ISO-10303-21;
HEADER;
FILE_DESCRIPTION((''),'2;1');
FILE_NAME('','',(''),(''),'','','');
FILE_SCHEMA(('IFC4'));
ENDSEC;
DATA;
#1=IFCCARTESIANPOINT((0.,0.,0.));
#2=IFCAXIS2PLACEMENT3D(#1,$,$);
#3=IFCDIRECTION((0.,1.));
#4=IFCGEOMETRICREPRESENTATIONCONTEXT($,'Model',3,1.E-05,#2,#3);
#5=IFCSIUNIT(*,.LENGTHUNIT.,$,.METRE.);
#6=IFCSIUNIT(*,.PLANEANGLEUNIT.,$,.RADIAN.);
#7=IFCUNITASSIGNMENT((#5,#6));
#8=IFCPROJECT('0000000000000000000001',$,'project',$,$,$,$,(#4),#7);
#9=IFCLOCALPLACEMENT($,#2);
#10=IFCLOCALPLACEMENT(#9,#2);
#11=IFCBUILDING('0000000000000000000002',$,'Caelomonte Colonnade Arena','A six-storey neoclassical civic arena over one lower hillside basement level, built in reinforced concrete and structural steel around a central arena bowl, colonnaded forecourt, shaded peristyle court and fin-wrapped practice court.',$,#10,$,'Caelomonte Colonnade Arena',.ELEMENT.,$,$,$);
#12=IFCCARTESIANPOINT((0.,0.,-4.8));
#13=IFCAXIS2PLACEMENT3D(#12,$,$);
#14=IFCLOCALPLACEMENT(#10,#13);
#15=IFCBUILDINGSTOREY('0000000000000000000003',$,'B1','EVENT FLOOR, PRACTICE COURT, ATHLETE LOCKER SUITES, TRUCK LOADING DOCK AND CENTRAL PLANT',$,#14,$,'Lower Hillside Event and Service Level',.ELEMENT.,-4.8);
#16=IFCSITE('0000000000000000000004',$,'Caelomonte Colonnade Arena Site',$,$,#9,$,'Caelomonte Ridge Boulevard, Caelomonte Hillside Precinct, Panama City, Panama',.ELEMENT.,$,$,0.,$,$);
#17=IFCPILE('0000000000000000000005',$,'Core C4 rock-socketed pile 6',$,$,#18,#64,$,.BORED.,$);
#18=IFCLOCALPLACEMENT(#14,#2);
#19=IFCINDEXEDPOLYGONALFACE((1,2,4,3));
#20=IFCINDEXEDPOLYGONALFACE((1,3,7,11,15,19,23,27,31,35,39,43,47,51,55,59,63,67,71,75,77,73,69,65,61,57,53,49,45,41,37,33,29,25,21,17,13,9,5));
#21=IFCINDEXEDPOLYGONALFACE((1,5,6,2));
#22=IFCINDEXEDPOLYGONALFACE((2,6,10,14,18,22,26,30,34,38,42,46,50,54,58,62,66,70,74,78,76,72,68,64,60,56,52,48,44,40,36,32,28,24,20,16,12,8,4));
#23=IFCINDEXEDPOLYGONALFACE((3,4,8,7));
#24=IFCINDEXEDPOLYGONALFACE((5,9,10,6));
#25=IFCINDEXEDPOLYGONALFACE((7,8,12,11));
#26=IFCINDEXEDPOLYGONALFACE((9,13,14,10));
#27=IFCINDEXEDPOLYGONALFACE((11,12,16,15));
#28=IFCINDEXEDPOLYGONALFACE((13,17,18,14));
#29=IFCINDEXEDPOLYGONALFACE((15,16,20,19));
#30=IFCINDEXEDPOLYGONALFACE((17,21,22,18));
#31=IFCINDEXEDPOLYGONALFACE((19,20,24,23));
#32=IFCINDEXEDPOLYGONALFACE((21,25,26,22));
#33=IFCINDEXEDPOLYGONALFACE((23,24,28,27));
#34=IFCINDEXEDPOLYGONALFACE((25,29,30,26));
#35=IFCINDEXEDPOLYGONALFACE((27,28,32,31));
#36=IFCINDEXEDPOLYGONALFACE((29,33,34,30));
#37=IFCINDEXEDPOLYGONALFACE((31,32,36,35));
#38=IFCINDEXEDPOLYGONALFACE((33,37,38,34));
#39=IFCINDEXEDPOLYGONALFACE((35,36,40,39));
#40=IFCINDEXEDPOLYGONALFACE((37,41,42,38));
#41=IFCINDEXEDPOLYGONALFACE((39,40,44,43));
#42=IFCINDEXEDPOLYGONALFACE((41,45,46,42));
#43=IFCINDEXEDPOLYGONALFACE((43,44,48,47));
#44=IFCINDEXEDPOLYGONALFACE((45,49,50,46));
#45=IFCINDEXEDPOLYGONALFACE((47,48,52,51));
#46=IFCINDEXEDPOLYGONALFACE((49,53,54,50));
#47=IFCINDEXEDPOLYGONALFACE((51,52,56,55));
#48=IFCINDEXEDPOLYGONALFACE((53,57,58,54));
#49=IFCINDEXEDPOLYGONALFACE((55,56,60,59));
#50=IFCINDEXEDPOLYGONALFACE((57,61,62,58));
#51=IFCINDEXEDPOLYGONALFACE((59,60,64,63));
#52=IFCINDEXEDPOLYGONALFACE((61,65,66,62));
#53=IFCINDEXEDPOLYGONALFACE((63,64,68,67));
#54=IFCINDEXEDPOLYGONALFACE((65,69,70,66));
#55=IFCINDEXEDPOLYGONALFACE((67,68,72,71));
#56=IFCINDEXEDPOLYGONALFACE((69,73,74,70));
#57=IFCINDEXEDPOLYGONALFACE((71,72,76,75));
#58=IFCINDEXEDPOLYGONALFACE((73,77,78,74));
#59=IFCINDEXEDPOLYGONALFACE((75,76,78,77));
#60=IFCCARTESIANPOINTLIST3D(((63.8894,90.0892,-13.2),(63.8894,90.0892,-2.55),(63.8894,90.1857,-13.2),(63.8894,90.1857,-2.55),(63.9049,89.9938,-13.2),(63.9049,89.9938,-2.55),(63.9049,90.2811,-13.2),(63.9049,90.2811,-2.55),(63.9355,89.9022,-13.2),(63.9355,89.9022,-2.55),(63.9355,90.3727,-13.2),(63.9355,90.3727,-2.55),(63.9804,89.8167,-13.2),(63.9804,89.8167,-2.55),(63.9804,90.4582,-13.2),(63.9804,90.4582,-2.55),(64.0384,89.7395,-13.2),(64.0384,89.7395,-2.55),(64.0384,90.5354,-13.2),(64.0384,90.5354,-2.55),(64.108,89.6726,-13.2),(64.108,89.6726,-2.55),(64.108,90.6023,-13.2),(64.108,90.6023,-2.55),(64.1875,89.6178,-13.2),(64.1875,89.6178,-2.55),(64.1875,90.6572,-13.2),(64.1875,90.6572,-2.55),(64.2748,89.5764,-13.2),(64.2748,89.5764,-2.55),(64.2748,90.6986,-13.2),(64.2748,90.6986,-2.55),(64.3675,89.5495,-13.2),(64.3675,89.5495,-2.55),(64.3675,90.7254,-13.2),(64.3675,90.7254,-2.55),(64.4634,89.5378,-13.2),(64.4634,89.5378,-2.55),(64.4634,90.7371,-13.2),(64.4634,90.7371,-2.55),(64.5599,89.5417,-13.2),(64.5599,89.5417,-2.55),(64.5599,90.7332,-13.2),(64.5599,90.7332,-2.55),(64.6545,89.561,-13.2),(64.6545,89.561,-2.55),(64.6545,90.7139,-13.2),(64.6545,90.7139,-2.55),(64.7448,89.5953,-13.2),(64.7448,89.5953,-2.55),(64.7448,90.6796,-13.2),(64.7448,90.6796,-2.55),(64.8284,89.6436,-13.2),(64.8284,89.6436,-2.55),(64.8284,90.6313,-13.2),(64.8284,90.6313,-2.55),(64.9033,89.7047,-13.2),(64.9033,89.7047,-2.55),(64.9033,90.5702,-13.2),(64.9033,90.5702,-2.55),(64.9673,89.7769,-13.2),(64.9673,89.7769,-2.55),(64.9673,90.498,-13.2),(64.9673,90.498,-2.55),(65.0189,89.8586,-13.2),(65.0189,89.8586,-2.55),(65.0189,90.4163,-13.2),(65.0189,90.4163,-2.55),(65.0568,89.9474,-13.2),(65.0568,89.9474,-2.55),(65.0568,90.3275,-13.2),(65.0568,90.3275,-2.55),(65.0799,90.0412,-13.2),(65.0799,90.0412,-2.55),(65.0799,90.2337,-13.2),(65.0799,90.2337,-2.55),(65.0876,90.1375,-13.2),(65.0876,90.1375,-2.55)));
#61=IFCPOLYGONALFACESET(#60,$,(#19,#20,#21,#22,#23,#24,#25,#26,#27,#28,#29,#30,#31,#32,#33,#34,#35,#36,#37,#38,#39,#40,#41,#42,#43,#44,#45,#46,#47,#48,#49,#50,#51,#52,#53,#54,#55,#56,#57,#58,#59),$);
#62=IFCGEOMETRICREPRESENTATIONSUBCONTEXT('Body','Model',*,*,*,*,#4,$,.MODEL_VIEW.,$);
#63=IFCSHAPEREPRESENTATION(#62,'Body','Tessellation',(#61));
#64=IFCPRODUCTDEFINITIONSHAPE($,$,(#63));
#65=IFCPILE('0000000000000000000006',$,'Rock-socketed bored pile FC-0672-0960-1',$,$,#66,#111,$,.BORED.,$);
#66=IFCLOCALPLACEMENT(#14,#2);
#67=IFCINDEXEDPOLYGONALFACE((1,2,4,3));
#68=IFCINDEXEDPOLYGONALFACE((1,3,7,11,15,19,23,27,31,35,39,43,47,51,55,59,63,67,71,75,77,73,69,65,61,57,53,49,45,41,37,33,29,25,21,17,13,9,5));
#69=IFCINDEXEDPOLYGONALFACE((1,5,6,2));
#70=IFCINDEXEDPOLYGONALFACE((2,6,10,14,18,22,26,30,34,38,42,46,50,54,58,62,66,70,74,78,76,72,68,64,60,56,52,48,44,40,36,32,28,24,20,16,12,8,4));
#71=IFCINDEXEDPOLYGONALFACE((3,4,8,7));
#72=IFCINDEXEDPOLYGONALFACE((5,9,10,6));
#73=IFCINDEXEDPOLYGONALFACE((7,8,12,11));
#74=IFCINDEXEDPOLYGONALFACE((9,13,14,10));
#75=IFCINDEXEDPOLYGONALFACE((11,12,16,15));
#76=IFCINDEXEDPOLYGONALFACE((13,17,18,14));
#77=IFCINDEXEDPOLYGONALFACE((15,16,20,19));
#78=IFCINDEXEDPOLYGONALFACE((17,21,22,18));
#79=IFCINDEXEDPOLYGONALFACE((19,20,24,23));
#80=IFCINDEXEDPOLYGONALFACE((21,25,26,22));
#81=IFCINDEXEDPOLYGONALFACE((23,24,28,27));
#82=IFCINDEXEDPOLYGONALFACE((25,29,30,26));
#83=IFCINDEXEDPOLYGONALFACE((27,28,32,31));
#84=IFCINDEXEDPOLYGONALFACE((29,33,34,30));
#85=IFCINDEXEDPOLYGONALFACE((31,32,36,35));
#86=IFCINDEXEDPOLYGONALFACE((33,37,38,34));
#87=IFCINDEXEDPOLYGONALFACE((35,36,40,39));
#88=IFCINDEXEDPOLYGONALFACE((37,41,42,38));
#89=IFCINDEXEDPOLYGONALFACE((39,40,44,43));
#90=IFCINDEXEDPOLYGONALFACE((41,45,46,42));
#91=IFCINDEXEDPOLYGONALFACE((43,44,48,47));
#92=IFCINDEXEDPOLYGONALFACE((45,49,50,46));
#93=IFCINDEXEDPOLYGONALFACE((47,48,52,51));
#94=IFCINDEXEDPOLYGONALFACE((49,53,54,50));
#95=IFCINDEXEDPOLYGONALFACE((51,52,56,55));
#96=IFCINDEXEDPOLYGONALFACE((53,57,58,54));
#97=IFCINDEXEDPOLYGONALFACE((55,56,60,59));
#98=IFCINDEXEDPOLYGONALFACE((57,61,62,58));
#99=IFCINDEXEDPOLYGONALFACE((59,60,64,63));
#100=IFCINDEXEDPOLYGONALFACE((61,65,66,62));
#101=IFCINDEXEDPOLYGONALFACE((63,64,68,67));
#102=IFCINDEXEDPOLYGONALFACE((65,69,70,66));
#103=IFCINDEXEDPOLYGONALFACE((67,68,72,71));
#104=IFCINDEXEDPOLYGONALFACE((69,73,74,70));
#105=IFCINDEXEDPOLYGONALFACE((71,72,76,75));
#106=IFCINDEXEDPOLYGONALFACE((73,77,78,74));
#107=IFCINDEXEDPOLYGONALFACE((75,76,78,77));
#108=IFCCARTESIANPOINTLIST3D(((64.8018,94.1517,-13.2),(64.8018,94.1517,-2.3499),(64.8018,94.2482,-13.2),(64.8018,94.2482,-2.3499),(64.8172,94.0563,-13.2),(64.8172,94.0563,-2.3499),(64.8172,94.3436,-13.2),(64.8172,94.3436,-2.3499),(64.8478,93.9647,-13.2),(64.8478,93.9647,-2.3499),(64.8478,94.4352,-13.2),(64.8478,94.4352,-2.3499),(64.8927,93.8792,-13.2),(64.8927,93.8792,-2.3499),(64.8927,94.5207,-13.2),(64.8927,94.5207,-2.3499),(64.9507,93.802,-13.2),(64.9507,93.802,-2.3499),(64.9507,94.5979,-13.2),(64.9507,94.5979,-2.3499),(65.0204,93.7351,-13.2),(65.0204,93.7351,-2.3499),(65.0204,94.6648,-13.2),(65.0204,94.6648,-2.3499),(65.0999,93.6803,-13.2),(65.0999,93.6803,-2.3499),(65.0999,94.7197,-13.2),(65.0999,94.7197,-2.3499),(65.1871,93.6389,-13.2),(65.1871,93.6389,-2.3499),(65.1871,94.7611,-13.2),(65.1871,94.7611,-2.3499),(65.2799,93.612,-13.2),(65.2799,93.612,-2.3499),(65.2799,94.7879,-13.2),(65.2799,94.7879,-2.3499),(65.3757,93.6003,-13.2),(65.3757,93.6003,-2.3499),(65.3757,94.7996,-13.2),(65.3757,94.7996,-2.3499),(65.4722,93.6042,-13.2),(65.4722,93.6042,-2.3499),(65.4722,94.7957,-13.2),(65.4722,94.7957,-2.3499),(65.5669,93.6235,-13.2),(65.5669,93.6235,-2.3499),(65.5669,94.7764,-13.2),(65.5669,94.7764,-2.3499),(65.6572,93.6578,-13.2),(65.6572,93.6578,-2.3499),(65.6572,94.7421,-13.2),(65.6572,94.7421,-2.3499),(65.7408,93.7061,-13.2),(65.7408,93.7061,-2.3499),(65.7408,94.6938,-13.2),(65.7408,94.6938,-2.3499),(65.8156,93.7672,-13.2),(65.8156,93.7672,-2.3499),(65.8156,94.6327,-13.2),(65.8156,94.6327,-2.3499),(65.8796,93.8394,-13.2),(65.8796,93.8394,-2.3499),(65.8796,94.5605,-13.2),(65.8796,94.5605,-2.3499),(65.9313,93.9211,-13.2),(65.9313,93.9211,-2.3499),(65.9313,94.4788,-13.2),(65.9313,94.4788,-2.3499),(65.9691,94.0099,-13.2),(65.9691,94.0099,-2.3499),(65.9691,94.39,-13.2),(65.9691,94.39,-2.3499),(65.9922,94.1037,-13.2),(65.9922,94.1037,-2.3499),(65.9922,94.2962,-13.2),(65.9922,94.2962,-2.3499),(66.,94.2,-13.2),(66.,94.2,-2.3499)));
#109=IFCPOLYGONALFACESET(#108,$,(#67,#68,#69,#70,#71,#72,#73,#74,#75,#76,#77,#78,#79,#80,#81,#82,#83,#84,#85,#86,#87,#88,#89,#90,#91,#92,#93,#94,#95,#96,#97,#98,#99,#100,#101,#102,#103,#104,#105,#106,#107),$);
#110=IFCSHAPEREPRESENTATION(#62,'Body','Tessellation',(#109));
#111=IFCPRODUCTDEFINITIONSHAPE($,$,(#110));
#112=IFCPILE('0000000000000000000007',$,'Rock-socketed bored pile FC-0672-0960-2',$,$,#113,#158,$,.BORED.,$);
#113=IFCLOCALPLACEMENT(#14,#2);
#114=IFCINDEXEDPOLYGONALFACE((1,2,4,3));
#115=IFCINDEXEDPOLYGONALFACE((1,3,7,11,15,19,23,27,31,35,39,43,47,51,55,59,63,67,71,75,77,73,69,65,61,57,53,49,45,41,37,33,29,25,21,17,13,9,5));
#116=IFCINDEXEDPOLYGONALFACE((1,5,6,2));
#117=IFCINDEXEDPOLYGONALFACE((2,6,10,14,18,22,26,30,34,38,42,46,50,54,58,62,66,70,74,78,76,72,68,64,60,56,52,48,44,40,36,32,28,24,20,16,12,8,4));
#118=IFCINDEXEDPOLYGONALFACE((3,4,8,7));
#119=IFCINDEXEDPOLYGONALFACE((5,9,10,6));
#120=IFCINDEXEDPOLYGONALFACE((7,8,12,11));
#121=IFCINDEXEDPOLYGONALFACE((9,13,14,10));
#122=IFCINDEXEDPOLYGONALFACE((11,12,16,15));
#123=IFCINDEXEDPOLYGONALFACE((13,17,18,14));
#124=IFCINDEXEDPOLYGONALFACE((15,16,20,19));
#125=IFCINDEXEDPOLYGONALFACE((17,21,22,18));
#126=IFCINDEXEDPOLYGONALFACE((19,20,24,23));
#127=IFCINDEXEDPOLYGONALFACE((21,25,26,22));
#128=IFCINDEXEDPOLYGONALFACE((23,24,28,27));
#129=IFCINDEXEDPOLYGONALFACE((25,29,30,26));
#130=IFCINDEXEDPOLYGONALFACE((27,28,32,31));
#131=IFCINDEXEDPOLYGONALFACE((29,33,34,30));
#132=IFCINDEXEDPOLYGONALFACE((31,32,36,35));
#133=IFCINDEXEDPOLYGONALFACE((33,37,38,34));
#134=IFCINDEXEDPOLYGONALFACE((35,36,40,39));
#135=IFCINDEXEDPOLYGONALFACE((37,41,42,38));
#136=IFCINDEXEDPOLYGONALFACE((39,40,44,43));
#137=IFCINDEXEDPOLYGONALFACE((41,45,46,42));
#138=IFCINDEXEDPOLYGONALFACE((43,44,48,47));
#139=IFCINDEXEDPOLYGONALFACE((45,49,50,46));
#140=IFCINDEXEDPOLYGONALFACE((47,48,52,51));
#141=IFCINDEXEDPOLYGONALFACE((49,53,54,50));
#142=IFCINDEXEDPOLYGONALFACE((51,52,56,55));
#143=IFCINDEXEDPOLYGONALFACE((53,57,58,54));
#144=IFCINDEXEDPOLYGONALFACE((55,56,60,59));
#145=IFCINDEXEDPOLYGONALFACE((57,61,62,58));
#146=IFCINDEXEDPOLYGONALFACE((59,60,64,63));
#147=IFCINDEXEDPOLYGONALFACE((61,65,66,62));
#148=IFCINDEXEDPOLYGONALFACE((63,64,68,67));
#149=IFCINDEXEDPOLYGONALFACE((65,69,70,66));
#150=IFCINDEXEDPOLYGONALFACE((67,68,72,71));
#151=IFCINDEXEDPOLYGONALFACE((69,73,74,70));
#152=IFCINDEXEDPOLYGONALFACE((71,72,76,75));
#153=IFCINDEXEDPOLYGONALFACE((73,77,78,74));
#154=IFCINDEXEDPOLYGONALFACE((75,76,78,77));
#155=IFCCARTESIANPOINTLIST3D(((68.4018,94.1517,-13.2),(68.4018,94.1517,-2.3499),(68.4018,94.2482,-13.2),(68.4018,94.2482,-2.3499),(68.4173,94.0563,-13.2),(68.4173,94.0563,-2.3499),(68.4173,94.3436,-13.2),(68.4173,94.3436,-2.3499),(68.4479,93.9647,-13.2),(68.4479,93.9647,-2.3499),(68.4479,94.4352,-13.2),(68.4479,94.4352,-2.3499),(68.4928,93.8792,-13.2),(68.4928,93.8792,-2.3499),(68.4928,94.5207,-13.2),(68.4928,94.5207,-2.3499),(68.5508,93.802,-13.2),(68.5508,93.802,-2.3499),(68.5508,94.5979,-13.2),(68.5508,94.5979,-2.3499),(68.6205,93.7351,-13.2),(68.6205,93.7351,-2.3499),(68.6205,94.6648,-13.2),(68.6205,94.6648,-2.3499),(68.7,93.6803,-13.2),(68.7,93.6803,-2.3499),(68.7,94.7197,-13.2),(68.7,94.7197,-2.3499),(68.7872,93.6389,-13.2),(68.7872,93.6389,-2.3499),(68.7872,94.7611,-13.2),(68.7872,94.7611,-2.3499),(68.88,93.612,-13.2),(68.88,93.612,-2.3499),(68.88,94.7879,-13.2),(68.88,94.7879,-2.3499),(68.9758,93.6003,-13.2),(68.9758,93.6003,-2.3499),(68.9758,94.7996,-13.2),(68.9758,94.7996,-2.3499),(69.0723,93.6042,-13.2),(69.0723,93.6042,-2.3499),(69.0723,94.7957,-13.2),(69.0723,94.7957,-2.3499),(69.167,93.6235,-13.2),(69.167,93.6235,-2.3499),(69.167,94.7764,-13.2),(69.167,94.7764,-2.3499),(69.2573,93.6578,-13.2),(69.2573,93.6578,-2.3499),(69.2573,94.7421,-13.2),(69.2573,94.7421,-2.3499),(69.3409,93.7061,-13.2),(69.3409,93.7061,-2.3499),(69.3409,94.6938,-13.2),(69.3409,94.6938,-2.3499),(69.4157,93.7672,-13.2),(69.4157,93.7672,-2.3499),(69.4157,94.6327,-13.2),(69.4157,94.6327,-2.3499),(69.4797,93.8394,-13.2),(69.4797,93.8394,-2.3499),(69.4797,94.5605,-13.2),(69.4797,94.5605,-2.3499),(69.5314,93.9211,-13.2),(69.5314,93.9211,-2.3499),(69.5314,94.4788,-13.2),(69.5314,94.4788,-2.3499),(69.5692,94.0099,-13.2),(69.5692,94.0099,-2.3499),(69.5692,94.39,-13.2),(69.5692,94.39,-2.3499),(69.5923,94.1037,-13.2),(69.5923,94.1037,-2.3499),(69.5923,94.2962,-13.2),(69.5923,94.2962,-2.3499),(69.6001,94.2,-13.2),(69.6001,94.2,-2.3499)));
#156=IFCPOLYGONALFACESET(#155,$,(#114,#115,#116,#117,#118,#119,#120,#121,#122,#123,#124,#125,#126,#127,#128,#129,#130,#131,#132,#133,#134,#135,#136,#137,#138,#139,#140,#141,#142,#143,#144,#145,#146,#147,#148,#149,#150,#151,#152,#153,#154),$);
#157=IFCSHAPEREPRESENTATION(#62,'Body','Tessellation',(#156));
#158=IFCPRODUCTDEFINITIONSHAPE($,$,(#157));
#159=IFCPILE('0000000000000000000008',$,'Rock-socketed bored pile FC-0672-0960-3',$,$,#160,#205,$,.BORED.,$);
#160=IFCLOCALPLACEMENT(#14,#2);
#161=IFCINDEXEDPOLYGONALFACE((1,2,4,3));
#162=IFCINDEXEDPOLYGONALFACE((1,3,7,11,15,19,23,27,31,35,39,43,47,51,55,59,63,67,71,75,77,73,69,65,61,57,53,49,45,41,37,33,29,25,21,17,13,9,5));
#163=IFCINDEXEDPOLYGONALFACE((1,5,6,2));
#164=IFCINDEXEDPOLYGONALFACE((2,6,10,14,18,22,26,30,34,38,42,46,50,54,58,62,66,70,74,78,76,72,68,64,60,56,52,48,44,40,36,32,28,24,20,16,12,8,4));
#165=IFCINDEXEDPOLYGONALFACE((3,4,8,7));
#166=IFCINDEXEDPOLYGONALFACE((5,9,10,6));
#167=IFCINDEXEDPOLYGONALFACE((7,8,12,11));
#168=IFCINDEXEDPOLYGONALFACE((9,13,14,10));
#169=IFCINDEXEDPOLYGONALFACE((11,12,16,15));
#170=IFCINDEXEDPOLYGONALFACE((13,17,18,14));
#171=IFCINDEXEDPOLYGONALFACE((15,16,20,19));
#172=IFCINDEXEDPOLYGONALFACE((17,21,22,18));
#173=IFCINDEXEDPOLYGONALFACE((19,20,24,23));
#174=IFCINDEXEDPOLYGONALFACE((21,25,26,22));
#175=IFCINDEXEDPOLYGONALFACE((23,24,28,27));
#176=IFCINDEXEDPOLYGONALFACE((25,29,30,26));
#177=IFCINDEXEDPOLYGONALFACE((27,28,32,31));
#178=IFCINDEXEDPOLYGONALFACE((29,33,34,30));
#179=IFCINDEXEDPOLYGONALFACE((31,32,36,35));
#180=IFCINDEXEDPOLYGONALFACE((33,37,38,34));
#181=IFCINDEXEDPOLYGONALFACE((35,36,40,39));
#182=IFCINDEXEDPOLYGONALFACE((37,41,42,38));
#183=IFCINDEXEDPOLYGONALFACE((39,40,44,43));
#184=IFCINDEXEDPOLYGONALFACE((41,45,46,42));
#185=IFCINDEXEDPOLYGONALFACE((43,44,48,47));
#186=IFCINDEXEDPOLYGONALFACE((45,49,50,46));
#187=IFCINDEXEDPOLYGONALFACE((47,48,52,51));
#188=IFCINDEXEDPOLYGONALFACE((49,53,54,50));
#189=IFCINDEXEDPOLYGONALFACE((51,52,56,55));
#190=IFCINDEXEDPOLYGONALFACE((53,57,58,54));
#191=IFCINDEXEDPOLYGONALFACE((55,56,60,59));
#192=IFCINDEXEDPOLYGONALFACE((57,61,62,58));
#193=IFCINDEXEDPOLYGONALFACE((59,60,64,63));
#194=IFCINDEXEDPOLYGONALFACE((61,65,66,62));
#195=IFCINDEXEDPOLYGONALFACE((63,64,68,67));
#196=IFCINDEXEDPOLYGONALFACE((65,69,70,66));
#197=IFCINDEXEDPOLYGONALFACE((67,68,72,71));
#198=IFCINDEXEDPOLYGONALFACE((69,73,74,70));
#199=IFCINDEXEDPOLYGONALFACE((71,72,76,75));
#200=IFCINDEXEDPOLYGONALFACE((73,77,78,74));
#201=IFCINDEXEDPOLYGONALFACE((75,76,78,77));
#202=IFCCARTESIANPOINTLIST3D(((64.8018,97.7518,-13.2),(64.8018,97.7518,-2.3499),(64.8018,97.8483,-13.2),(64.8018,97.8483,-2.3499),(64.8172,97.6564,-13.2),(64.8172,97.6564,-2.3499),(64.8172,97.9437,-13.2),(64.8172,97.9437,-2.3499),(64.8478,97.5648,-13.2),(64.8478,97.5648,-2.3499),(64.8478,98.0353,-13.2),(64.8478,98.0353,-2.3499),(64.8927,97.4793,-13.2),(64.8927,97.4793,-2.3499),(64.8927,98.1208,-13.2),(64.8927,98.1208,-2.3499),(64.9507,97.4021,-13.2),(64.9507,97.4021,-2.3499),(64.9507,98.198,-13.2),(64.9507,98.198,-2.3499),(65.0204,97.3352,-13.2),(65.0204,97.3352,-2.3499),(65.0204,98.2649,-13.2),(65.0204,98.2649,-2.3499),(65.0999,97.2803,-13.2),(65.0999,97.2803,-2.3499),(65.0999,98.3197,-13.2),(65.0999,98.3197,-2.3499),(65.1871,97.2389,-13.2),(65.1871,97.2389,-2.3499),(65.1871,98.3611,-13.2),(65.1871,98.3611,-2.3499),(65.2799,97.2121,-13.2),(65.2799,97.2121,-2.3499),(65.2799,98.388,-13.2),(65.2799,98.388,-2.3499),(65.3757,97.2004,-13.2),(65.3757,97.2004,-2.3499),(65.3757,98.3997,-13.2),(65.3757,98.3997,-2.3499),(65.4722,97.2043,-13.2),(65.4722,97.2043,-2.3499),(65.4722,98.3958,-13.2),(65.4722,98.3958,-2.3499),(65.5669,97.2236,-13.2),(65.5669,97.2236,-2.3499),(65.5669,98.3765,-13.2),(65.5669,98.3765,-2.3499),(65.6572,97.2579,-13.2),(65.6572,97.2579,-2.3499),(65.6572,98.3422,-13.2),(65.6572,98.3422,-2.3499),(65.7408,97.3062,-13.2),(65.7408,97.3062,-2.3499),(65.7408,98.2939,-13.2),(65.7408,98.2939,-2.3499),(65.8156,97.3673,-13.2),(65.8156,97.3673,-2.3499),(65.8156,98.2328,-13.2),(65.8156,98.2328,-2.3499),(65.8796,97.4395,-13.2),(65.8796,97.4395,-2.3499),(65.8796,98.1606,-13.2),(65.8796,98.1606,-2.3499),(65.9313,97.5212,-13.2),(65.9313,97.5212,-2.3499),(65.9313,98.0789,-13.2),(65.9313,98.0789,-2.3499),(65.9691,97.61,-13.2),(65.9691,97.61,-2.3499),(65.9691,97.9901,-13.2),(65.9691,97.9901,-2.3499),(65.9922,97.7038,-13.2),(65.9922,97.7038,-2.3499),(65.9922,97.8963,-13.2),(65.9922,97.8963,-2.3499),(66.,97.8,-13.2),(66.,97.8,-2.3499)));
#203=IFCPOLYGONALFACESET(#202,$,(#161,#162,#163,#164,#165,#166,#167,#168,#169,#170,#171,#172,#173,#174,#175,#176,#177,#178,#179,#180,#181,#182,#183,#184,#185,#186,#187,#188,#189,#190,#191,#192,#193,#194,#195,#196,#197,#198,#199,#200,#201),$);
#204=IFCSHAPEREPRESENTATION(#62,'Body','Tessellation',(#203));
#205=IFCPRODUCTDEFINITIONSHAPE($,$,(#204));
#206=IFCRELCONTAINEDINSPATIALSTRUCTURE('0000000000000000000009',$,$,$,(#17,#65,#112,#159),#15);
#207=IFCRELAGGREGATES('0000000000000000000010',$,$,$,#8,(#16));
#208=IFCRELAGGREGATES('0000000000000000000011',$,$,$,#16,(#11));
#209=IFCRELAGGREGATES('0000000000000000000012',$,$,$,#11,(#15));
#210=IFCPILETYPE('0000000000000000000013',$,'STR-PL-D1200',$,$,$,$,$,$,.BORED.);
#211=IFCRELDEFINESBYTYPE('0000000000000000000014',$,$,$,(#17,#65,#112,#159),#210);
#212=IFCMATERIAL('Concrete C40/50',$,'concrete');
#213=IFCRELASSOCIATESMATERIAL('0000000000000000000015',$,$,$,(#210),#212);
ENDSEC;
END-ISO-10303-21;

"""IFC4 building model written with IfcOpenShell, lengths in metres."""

from ifc_helpers import new_model, si_unit, direction, frame, origin, origin_2d, place, context, subcontext, project, spatial, circle, extrude, material, material_profile, profile_set, type_object, element, save


model = new_model("IFC4")

# Units and contexts
model_context = context("Model", 3, precision=1e-05, world=origin(), true_north=direction((0.0, 1.0)))
body_context = subcontext(model_context, "Body", "Model", "MODEL_VIEW")
ifc_project = project(units=[si_unit("LENGTHUNIT", "METRE"), si_unit("PLANEANGLEUNIT", "RADIAN")], contexts=[model_context])

# Site, building, storey
site_placement = place(None, origin())
site = spatial("IfcSite", under=ifc_project, at=site_placement, Name="Caelomonte Colonnade Arena Site", LongName="Caelomonte Ridge Boulevard, Caelomonte Hillside Precinct, Panama City, Panama", CompositionType="ELEMENT", RefElevation=0.0)
building_placement = place(site_placement, origin())
building = spatial("IfcBuilding", under=site, at=building_placement, Name="Caelomonte Colonnade Arena", Description="A six-storey neoclassical civic arena over one lower hillside basement level, built in reinforced concrete and structural steel around a central arena bowl, colonnaded forecourt, shaded peristyle court and fin-wrapped practice court.", LongName="Caelomonte Colonnade Arena", CompositionType="ELEMENT")
storey_placement = place(building_placement, frame((0.0, 0.0, -4.8)))
storey = spatial("IfcBuildingStorey", under=building, at=storey_placement, Name="B1", Description="EVENT FLOOR, PRACTICE COURT, ATHLETE LOCKER SUITES, TRUCK LOADING DOCK AND CENTRAL PLANT", LongName="Lower Hillside Event and Service Level", CompositionType="ELEMENT", Elevation=-4.8)

# Shared definitions
ifc_material_1 = material(Name="Concrete C40/50", Category="concrete")

# Piles
ifc_material_profile_1 = material_profile(ifc_material_1, circle(Radius=0.6001, at=origin_2d()), Name="PILE-D1200")
ifc_profile_set_1 = profile_set([ifc_material_profile_1], Name="Concrete C40/50")
pile_type_1 = type_object("IfcPileType", Name="STR-PL-D1200", PredefinedType="BORED", material=ifc_profile_set_1)
for number, where, z_axis, x_axis, name in (
    (1, (64.4875, 90.1375, -2.55), (0.0, 0.0, -1.0), (1.0, 0.0, 0.0), "Core C4 rock-socketed pile 6"),
):
    element("IfcPile", number, at=place(storey_placement, frame(where, z_axis=z_axis, x_axis=x_axis)), inside=storey, type_object=pile_type_1, Name=name, PredefinedType="BORED", context=body_context, shape_type="SweptSolid", body=[
        extrude(circle(Radius=0.6001, at=origin_2d()), origin(), (0.0, 0.0, 1.0), 10.6499),
    ])
for number, where, z_axis, x_axis, name in (
    (2, (65.3999, 94.2, -2.3499), (0.0, 0.0, -1.0), (1.0, 0.0, 0.0), "Rock-socketed bored pile FC-0672-0960-1"),
    (3, (69.0, 94.2, -2.3499), (0.0, 0.0, -1.0), (1.0, 0.0, 0.0), "Rock-socketed bored pile FC-0672-0960-2"),
    (4, (65.3999, 97.8, -2.3499), (0.0, 0.0, -1.0), (1.0, 0.0, 0.0), "Rock-socketed bored pile FC-0672-0960-3"),
):
    element("IfcPile", number, at=place(storey_placement, frame(where, z_axis=z_axis, x_axis=x_axis)), inside=storey, type_object=pile_type_1, Name=name, PredefinedType="BORED", context=body_context, shape_type="SweptSolid", body=[
        extrude(circle(Radius=0.6001, at=origin_2d()), origin(), (0.0, 0.0, 1.0), 10.8501),
    ])

save(model, "model.ifc")
